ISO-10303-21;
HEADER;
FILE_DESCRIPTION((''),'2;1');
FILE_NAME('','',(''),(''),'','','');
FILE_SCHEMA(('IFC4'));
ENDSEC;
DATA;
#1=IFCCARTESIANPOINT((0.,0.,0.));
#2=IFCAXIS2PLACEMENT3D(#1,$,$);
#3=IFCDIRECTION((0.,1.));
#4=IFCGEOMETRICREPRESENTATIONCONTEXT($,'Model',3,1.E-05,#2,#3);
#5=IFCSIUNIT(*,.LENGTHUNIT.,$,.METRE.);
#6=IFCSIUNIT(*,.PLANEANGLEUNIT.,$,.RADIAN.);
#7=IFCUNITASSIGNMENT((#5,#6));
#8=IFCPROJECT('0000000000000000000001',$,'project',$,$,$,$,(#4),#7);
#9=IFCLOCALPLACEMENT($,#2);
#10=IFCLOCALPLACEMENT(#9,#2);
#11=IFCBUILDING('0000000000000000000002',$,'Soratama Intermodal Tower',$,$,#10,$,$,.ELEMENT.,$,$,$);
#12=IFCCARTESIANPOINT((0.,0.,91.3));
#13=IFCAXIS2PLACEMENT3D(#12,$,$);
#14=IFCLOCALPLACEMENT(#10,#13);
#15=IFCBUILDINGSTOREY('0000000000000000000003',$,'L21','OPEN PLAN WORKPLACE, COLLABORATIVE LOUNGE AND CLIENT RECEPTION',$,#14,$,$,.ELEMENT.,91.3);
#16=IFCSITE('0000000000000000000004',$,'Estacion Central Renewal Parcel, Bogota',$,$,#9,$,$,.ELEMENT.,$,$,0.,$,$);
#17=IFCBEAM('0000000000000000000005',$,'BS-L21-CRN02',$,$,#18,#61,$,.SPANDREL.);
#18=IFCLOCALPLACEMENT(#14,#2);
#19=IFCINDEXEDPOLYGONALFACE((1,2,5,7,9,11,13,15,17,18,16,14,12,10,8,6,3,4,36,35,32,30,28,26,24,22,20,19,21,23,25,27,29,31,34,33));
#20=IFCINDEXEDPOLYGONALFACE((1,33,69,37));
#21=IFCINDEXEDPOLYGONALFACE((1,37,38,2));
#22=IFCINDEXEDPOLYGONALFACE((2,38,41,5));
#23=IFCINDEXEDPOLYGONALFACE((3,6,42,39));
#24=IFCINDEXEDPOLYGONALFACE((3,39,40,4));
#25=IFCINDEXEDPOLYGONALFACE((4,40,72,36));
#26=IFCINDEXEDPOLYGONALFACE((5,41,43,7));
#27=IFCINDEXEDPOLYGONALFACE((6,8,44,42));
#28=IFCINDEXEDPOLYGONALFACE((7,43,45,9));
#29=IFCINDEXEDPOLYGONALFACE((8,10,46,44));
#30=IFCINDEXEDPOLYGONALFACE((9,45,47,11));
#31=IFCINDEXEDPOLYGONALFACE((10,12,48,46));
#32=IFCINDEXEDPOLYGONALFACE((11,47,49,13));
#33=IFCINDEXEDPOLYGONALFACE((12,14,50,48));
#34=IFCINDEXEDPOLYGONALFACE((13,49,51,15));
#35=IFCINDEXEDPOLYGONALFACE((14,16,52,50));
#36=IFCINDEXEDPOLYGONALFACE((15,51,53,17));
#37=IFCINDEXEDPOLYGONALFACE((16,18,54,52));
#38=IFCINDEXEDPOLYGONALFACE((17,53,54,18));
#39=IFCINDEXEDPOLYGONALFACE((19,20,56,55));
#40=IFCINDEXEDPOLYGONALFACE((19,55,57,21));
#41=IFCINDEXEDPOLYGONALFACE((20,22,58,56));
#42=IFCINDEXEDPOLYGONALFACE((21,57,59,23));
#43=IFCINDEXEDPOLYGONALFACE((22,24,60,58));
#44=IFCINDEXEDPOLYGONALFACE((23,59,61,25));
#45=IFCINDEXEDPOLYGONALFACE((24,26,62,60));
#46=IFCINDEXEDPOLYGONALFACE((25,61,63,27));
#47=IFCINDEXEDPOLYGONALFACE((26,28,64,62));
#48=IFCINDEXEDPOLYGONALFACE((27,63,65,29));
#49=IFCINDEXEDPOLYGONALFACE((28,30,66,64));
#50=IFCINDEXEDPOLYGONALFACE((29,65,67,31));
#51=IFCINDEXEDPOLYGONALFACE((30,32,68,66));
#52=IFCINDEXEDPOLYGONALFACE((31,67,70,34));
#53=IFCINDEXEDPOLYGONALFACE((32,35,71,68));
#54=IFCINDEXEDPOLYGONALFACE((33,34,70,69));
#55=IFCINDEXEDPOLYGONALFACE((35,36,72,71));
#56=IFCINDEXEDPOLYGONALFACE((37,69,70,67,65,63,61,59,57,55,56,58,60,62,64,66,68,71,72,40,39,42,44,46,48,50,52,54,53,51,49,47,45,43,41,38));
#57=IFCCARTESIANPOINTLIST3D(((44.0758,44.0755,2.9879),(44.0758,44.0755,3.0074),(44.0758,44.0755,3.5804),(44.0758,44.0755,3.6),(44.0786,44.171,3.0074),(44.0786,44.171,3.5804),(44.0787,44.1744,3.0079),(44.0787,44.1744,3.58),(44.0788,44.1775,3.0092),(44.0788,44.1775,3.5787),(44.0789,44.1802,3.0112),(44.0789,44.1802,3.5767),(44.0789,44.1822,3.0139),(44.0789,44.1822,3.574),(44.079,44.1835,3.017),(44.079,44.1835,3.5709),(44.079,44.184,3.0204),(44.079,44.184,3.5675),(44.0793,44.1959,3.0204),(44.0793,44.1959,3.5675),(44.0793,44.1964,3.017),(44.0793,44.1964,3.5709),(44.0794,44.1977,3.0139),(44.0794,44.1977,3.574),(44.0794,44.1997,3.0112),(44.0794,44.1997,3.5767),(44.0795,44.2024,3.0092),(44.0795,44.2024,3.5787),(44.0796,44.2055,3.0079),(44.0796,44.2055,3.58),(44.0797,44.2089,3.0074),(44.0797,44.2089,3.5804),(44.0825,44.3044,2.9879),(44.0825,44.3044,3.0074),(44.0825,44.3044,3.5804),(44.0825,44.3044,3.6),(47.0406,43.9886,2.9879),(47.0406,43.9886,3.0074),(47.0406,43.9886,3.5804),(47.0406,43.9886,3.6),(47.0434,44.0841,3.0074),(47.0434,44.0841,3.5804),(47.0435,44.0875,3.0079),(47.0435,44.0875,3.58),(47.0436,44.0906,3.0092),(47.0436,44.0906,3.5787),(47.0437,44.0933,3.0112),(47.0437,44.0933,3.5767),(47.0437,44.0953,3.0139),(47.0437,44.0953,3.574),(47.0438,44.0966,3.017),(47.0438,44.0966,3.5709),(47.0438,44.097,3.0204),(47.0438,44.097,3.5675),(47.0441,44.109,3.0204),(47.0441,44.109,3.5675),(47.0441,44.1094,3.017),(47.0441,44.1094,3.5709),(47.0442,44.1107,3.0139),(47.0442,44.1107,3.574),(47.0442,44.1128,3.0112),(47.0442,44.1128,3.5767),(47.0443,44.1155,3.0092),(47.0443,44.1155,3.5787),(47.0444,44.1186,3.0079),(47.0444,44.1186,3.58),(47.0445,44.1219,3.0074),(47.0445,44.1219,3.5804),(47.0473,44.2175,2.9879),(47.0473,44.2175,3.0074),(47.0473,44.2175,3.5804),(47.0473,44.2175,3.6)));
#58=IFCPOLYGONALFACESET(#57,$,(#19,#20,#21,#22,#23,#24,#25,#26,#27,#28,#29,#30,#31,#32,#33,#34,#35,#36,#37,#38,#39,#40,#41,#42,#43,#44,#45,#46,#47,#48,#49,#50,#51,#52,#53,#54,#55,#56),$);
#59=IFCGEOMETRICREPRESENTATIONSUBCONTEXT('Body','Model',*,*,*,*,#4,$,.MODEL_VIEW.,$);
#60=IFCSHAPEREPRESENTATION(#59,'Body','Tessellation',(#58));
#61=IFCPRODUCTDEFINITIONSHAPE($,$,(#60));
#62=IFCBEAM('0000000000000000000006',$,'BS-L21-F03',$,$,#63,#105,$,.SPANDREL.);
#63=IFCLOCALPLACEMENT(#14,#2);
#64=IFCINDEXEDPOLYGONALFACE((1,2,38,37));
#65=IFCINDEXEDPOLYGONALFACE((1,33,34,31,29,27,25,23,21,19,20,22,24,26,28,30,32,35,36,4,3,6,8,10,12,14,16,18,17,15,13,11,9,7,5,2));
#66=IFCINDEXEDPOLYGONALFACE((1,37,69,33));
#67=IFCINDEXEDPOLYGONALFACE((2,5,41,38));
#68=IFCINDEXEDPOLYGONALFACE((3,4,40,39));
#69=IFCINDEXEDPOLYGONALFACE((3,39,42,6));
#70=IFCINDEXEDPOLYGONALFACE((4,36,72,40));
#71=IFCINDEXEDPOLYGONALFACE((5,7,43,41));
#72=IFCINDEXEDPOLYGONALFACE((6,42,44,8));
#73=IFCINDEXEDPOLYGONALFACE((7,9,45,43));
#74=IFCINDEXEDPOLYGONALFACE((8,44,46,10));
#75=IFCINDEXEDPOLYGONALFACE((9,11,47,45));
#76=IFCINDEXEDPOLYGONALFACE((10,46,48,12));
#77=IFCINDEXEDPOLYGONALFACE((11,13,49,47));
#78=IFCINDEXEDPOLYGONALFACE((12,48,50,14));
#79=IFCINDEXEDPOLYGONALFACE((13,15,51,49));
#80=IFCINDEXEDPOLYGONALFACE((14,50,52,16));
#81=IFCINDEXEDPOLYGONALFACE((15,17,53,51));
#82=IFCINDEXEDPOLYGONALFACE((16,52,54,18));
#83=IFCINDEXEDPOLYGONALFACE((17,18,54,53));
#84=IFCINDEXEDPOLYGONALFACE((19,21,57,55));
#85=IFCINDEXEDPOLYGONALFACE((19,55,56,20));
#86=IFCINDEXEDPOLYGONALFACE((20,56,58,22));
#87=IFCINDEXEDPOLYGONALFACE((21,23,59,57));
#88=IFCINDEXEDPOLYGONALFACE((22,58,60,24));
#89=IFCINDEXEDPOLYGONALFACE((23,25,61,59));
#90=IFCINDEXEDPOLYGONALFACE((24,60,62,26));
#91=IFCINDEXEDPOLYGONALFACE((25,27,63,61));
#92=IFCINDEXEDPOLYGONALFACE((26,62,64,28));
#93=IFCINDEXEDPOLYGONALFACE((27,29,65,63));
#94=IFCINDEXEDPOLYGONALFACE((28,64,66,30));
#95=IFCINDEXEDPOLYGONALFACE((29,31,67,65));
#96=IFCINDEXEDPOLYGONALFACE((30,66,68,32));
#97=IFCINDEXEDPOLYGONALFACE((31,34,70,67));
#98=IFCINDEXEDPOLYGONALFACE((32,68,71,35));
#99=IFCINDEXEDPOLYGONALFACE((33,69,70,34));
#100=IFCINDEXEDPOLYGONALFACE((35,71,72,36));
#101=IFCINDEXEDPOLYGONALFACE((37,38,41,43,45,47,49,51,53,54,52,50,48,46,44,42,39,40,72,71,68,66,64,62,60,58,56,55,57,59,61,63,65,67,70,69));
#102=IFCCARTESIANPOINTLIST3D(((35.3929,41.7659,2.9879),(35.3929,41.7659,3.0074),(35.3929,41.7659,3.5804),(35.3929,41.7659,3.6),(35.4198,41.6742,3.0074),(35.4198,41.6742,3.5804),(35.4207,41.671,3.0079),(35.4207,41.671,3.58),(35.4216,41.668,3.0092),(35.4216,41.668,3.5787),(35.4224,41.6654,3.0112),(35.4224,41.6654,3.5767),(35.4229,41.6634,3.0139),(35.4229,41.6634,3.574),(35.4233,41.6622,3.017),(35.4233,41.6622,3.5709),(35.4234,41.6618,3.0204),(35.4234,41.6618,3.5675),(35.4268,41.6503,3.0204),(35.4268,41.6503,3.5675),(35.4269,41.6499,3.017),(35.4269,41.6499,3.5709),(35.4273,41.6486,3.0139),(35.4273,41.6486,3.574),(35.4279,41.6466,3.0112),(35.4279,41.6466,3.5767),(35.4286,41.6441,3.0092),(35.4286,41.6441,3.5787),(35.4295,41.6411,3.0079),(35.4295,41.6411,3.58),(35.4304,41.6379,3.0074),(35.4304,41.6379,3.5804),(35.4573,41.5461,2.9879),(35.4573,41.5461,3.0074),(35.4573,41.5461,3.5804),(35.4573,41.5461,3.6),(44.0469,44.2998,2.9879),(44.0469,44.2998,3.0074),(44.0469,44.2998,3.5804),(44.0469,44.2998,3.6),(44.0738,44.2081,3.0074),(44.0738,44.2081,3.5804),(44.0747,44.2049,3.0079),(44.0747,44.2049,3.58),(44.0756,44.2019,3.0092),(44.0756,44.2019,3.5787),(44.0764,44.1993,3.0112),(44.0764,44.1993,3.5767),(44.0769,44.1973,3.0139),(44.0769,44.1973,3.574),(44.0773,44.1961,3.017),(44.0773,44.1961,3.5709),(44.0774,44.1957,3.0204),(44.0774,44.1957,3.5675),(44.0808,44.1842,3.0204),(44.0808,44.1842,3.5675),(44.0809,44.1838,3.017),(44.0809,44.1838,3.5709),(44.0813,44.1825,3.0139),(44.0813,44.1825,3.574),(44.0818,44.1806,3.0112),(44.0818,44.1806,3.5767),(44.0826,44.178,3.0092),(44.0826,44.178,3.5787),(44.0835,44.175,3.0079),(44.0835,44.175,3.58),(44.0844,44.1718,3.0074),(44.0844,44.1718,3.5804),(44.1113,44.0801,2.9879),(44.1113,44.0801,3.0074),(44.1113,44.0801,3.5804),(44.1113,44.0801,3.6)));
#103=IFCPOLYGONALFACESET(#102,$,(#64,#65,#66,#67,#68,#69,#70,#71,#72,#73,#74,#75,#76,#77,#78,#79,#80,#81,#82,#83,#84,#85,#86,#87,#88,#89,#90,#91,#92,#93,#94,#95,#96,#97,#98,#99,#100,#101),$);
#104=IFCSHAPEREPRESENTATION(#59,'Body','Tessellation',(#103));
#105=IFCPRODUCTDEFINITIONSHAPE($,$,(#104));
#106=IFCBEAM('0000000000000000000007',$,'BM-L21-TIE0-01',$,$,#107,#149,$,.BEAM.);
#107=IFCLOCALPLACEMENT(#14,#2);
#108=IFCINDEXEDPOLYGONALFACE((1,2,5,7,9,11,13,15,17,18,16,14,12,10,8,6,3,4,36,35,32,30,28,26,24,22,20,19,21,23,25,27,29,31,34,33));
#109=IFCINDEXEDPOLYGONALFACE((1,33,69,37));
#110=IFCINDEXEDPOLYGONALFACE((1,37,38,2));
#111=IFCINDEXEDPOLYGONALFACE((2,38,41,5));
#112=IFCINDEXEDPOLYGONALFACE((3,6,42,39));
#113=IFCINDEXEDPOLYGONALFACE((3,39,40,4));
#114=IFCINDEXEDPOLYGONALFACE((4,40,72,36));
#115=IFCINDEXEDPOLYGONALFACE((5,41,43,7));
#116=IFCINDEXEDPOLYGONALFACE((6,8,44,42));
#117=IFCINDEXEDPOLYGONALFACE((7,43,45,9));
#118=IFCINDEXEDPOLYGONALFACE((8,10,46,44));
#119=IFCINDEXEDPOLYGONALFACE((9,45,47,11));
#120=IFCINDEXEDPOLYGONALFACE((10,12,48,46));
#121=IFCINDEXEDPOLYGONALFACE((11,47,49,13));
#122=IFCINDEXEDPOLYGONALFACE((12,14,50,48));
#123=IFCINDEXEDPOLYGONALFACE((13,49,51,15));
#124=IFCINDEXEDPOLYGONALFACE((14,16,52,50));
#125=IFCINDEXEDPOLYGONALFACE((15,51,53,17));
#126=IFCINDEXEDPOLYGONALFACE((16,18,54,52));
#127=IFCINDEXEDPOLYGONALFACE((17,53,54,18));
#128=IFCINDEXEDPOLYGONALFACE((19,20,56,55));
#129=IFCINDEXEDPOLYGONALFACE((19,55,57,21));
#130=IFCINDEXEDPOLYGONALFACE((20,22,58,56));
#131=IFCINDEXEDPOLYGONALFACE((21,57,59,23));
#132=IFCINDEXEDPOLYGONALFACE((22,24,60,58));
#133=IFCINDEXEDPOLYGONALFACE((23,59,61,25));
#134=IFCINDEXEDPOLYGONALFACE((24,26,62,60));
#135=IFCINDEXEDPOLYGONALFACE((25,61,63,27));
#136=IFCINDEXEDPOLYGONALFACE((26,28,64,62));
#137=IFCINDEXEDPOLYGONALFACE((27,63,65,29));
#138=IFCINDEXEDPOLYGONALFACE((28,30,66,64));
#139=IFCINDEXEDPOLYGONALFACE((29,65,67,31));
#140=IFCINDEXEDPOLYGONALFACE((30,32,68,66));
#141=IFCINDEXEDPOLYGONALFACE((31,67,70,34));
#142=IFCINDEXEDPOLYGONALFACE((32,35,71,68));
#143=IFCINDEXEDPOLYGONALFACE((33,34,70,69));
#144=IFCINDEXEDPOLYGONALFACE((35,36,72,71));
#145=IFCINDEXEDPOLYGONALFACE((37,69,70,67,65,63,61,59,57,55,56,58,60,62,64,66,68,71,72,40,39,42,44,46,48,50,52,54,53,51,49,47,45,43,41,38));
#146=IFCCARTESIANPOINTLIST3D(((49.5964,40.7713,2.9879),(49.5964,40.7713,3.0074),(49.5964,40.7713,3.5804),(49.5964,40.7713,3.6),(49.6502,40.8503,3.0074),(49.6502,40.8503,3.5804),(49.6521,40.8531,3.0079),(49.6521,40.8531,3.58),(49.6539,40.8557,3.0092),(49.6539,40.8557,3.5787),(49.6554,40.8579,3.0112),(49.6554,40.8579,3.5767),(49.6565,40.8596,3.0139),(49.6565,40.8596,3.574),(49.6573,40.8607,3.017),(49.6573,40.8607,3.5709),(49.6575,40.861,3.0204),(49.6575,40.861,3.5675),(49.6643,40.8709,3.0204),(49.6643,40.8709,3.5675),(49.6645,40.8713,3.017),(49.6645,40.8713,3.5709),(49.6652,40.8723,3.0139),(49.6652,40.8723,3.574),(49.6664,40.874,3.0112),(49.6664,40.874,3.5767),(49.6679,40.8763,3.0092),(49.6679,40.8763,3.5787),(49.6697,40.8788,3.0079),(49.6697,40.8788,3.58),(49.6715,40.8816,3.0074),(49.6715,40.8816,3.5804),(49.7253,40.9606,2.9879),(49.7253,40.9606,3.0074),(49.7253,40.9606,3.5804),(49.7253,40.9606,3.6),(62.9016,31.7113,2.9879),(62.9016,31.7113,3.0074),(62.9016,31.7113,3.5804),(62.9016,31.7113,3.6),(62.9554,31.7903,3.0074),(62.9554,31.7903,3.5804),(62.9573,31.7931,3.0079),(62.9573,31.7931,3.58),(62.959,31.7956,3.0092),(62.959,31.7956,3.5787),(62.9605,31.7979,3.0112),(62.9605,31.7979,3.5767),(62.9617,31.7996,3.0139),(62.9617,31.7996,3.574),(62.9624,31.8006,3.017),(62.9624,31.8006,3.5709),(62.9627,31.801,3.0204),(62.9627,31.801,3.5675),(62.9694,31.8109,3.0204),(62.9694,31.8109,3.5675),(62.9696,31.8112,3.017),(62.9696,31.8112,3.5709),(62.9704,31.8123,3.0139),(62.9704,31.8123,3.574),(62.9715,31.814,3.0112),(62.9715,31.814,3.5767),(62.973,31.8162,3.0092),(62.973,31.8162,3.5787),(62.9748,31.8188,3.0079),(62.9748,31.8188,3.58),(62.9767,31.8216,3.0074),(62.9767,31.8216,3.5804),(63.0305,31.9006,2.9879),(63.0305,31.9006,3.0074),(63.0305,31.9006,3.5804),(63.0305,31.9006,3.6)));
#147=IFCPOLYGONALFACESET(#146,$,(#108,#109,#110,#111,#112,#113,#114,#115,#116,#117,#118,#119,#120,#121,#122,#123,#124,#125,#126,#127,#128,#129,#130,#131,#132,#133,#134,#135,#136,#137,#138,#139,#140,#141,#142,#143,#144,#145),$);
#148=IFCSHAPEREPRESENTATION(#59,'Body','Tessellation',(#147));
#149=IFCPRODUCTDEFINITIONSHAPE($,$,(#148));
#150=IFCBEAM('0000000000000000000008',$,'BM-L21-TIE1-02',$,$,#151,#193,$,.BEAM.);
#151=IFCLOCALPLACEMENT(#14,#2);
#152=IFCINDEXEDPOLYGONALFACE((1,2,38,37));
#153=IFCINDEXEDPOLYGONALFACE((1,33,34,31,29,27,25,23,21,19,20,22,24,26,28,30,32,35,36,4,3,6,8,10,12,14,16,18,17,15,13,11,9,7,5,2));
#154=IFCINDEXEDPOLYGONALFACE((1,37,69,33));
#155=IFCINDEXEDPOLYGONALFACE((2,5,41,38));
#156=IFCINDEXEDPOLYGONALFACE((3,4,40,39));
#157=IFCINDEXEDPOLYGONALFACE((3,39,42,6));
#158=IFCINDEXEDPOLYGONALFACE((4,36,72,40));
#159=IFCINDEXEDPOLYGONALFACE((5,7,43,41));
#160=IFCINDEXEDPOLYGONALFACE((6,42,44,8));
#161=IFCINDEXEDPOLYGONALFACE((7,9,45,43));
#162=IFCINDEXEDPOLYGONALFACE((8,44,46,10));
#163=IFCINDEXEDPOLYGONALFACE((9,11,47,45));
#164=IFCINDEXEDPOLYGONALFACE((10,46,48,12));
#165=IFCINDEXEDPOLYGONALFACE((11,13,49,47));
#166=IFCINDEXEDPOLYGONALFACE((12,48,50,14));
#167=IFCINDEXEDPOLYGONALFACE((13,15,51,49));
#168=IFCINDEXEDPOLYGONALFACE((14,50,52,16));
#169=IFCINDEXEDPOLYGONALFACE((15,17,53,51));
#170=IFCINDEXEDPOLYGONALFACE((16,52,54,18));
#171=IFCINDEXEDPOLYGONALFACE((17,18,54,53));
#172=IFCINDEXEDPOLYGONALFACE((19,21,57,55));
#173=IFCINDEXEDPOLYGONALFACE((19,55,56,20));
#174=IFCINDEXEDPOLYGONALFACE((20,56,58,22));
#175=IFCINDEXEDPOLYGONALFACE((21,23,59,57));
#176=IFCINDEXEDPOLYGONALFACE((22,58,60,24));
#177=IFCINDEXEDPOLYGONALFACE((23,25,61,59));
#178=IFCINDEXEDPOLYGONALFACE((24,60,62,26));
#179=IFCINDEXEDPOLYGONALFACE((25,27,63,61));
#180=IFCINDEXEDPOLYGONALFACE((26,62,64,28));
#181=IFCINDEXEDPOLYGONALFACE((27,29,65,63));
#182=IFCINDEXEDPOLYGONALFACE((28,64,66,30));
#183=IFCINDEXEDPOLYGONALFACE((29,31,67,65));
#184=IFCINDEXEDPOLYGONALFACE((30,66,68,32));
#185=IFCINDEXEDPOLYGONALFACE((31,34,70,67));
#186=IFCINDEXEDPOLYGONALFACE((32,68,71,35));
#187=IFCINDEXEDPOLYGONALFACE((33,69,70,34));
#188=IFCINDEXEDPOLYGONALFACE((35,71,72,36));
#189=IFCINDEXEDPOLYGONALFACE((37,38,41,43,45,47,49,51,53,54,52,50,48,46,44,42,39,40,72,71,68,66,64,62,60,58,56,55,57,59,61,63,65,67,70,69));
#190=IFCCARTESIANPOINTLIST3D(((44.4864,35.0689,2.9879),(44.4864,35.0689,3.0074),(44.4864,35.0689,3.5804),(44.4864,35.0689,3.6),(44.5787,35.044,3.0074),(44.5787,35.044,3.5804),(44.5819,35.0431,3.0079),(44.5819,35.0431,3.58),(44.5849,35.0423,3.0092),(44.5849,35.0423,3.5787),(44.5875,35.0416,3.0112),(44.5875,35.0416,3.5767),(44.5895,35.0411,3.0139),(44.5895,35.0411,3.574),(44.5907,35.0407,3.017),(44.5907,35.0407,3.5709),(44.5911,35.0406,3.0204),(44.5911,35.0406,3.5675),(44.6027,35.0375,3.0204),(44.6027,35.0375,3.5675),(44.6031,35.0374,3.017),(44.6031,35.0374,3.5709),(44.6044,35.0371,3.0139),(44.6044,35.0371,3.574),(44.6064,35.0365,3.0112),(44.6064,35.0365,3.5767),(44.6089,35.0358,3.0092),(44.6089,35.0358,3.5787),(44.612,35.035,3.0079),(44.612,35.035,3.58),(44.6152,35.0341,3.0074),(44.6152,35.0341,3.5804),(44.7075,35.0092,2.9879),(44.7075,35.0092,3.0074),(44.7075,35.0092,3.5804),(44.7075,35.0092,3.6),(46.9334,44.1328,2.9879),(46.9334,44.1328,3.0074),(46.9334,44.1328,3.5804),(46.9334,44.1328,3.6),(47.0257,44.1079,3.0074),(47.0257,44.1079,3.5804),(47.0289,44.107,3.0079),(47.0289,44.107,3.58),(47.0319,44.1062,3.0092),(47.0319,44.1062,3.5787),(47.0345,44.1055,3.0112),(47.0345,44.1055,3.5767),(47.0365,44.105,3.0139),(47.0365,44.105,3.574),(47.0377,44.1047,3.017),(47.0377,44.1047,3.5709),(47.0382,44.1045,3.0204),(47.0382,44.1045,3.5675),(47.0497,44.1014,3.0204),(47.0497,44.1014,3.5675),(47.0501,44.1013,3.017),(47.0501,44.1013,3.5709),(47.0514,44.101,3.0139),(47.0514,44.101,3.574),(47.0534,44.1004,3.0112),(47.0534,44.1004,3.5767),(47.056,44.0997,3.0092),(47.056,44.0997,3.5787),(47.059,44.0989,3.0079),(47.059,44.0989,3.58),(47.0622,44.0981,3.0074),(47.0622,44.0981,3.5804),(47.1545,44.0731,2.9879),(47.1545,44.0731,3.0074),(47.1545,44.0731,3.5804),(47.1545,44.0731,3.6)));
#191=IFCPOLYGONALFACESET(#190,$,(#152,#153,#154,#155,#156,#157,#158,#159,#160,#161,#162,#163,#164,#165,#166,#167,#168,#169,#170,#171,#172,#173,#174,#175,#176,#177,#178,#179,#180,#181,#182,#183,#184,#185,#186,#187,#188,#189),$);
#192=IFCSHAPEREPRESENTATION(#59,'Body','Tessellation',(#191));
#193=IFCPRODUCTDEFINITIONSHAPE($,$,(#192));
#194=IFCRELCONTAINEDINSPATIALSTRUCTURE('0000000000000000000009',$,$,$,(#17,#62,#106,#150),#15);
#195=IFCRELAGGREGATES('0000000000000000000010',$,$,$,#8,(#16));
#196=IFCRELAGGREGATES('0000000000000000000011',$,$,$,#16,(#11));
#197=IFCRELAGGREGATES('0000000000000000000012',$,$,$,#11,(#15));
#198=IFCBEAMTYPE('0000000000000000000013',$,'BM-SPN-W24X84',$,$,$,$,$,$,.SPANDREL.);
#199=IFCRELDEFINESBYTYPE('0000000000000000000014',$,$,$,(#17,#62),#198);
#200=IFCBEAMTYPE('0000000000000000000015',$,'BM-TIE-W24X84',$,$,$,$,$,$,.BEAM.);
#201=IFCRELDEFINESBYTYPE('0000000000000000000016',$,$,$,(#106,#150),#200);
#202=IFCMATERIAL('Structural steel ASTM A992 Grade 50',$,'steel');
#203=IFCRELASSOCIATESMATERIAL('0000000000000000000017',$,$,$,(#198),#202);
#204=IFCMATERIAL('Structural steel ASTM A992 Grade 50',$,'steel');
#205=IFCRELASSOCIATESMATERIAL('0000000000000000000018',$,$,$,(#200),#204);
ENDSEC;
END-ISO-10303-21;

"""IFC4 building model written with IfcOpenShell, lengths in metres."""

from ifc_helpers import new_model, si_unit, direction, frame, origin, origin_2d, place, context, subcontext, project, spatial, i_section, extrude, material, material_profile, profile_set, type_object, element, save


model = new_model("IFC4")

# Units and contexts
model_context = context("Model", 3, precision=1e-05, world=origin(), true_north=direction((0.0, 1.0)))
body_context = subcontext(model_context, "Body", "Model", "MODEL_VIEW")
ifc_project = project(units=[si_unit("LENGTHUNIT", "METRE"), si_unit("PLANEANGLEUNIT", "RADIAN")], contexts=[model_context])

# Site, building, storey
site_placement = place(None, origin())
site = spatial("IfcSite", under=ifc_project, at=site_placement, Name="Estacion Central Renewal Parcel, Bogota", CompositionType="ELEMENT", RefElevation=0.0)
building_placement = place(site_placement, origin())
building = spatial("IfcBuilding", under=site, at=building_placement, Name="Soratama Intermodal Tower", CompositionType="ELEMENT")
storey_placement = place(building_placement, frame((0.0, 0.0, 91.3)))
storey = spatial("IfcBuildingStorey", under=building, at=storey_placement, Name="L21", Description="OPEN PLAN WORKPLACE, COLLABORATIVE LOUNGE AND CLIENT RECEPTION", CompositionType="ELEMENT", Elevation=91.3)

# Beams
ifc_material_1 = material(Name="Structural steel ASTM A992 Grade 50", Category="steel")
ifc_material_profile_1 = material_profile(ifc_material_1, i_section(OverallWidth=0.229, OverallDepth=0.6121, WebThickness=0.012, FlangeThickness=0.0195, FilletRadius=0.0129, at=origin_2d()), Name="W24X84")
ifc_profile_set_1 = profile_set([ifc_material_profile_1], Name="Structural steel ASTM A992 Grade 50")
beam_type_1 = type_object("IfcBeamType", Name="BM-SPN-W24X84", PredefinedType="SPANDREL", material=ifc_profile_set_1)
beam_1_placement = place(storey_placement, frame((47.0439, 44.103, 3.2939), z_axis=(-0.999571, 0.029302, 0.0), x_axis=(-0.029302, -0.999571, 0.0)))
element("IfcBeam", 1, at=beam_1_placement, inside=storey, type_object=beam_type_1, Name="BS-L21-CRN02", PredefinedType="SPANDREL", context=body_context, shape_type="SweptSolid", body=[
    extrude(i_section(OverallWidth=0.229, OverallDepth=0.6121, WebThickness=0.012, FlangeThickness=0.0195, FilletRadius=0.0129, at=origin_2d()), origin(), (0.0, 0.0, 1.0), 2.9661),
])
beam_2_placement = place(storey_placement, frame((44.0791, 44.1899, 3.2939), z_axis=(-0.959706, -0.281005, 0.0), x_axis=(0.281005, -0.959706, 0.0)))
element("IfcBeam", 2, at=beam_2_placement, inside=storey, type_object=beam_type_1, Name="BS-L21-F03", PredefinedType="SPANDREL", context=body_context, shape_type="SweptSolid", body=[
    extrude(i_section(OverallWidth=0.229, OverallDepth=0.6121, WebThickness=0.012, FlangeThickness=0.0195, FilletRadius=0.0129, at=origin_2d()), origin(), (0.0, 0.0, 1.0), 9.0173),
])
ifc_material_2 = material(Name="Structural steel ASTM A992 Grade 50", Category="steel")
ifc_material_profile_2 = material_profile(ifc_material_2, i_section(OverallWidth=0.229, OverallDepth=0.6121, WebThickness=0.012, FlangeThickness=0.0195, FilletRadius=0.0129, at=origin_2d()), Name="W24X84")
ifc_profile_set_2 = profile_set([ifc_material_profile_2], Name="Structural steel ASTM A992 Grade 50")
beam_type_2 = type_object("IfcBeamType", Name="BM-TIE-W24X84", PredefinedType="BEAM", material=ifc_profile_set_2)
beam_3_placement = place(storey_placement, frame((49.6609, 40.866, 3.2939), z_axis=(0.826564, -0.562843, 0.0), x_axis=(0.562843, 0.826564, 0.0)))
element("IfcBeam", 3, at=beam_3_placement, inside=storey, type_object=beam_type_2, Name="BM-L21-TIE0-01", PredefinedType="BEAM", context=body_context, shape_type="SweptSolid", body=[
    extrude(i_section(OverallWidth=0.229, OverallDepth=0.6121, WebThickness=0.012, FlangeThickness=0.0195, FilletRadius=0.0129, at=origin_2d()), origin(), (0.0, 0.0, 1.0), 16.0969),
])
beam_4_placement = place(storey_placement, frame((44.5969, 35.0391, 3.2939), z_axis=(0.260641, 0.965436, 0.0), x_axis=(-0.965436, 0.260641, 0.0)))
element("IfcBeam", 4, at=beam_4_placement, inside=storey, type_object=beam_type_2, Name="BM-L21-TIE1-02", PredefinedType="BEAM", context=body_context, shape_type="SweptSolid", body=[
    extrude(i_section(OverallWidth=0.229, OverallDepth=0.6121, WebThickness=0.012, FlangeThickness=0.0195, FilletRadius=0.0129, at=origin_2d()), origin(), (0.0, 0.0, 1.0), 9.3884),
])

save(model, "model.ifc")
